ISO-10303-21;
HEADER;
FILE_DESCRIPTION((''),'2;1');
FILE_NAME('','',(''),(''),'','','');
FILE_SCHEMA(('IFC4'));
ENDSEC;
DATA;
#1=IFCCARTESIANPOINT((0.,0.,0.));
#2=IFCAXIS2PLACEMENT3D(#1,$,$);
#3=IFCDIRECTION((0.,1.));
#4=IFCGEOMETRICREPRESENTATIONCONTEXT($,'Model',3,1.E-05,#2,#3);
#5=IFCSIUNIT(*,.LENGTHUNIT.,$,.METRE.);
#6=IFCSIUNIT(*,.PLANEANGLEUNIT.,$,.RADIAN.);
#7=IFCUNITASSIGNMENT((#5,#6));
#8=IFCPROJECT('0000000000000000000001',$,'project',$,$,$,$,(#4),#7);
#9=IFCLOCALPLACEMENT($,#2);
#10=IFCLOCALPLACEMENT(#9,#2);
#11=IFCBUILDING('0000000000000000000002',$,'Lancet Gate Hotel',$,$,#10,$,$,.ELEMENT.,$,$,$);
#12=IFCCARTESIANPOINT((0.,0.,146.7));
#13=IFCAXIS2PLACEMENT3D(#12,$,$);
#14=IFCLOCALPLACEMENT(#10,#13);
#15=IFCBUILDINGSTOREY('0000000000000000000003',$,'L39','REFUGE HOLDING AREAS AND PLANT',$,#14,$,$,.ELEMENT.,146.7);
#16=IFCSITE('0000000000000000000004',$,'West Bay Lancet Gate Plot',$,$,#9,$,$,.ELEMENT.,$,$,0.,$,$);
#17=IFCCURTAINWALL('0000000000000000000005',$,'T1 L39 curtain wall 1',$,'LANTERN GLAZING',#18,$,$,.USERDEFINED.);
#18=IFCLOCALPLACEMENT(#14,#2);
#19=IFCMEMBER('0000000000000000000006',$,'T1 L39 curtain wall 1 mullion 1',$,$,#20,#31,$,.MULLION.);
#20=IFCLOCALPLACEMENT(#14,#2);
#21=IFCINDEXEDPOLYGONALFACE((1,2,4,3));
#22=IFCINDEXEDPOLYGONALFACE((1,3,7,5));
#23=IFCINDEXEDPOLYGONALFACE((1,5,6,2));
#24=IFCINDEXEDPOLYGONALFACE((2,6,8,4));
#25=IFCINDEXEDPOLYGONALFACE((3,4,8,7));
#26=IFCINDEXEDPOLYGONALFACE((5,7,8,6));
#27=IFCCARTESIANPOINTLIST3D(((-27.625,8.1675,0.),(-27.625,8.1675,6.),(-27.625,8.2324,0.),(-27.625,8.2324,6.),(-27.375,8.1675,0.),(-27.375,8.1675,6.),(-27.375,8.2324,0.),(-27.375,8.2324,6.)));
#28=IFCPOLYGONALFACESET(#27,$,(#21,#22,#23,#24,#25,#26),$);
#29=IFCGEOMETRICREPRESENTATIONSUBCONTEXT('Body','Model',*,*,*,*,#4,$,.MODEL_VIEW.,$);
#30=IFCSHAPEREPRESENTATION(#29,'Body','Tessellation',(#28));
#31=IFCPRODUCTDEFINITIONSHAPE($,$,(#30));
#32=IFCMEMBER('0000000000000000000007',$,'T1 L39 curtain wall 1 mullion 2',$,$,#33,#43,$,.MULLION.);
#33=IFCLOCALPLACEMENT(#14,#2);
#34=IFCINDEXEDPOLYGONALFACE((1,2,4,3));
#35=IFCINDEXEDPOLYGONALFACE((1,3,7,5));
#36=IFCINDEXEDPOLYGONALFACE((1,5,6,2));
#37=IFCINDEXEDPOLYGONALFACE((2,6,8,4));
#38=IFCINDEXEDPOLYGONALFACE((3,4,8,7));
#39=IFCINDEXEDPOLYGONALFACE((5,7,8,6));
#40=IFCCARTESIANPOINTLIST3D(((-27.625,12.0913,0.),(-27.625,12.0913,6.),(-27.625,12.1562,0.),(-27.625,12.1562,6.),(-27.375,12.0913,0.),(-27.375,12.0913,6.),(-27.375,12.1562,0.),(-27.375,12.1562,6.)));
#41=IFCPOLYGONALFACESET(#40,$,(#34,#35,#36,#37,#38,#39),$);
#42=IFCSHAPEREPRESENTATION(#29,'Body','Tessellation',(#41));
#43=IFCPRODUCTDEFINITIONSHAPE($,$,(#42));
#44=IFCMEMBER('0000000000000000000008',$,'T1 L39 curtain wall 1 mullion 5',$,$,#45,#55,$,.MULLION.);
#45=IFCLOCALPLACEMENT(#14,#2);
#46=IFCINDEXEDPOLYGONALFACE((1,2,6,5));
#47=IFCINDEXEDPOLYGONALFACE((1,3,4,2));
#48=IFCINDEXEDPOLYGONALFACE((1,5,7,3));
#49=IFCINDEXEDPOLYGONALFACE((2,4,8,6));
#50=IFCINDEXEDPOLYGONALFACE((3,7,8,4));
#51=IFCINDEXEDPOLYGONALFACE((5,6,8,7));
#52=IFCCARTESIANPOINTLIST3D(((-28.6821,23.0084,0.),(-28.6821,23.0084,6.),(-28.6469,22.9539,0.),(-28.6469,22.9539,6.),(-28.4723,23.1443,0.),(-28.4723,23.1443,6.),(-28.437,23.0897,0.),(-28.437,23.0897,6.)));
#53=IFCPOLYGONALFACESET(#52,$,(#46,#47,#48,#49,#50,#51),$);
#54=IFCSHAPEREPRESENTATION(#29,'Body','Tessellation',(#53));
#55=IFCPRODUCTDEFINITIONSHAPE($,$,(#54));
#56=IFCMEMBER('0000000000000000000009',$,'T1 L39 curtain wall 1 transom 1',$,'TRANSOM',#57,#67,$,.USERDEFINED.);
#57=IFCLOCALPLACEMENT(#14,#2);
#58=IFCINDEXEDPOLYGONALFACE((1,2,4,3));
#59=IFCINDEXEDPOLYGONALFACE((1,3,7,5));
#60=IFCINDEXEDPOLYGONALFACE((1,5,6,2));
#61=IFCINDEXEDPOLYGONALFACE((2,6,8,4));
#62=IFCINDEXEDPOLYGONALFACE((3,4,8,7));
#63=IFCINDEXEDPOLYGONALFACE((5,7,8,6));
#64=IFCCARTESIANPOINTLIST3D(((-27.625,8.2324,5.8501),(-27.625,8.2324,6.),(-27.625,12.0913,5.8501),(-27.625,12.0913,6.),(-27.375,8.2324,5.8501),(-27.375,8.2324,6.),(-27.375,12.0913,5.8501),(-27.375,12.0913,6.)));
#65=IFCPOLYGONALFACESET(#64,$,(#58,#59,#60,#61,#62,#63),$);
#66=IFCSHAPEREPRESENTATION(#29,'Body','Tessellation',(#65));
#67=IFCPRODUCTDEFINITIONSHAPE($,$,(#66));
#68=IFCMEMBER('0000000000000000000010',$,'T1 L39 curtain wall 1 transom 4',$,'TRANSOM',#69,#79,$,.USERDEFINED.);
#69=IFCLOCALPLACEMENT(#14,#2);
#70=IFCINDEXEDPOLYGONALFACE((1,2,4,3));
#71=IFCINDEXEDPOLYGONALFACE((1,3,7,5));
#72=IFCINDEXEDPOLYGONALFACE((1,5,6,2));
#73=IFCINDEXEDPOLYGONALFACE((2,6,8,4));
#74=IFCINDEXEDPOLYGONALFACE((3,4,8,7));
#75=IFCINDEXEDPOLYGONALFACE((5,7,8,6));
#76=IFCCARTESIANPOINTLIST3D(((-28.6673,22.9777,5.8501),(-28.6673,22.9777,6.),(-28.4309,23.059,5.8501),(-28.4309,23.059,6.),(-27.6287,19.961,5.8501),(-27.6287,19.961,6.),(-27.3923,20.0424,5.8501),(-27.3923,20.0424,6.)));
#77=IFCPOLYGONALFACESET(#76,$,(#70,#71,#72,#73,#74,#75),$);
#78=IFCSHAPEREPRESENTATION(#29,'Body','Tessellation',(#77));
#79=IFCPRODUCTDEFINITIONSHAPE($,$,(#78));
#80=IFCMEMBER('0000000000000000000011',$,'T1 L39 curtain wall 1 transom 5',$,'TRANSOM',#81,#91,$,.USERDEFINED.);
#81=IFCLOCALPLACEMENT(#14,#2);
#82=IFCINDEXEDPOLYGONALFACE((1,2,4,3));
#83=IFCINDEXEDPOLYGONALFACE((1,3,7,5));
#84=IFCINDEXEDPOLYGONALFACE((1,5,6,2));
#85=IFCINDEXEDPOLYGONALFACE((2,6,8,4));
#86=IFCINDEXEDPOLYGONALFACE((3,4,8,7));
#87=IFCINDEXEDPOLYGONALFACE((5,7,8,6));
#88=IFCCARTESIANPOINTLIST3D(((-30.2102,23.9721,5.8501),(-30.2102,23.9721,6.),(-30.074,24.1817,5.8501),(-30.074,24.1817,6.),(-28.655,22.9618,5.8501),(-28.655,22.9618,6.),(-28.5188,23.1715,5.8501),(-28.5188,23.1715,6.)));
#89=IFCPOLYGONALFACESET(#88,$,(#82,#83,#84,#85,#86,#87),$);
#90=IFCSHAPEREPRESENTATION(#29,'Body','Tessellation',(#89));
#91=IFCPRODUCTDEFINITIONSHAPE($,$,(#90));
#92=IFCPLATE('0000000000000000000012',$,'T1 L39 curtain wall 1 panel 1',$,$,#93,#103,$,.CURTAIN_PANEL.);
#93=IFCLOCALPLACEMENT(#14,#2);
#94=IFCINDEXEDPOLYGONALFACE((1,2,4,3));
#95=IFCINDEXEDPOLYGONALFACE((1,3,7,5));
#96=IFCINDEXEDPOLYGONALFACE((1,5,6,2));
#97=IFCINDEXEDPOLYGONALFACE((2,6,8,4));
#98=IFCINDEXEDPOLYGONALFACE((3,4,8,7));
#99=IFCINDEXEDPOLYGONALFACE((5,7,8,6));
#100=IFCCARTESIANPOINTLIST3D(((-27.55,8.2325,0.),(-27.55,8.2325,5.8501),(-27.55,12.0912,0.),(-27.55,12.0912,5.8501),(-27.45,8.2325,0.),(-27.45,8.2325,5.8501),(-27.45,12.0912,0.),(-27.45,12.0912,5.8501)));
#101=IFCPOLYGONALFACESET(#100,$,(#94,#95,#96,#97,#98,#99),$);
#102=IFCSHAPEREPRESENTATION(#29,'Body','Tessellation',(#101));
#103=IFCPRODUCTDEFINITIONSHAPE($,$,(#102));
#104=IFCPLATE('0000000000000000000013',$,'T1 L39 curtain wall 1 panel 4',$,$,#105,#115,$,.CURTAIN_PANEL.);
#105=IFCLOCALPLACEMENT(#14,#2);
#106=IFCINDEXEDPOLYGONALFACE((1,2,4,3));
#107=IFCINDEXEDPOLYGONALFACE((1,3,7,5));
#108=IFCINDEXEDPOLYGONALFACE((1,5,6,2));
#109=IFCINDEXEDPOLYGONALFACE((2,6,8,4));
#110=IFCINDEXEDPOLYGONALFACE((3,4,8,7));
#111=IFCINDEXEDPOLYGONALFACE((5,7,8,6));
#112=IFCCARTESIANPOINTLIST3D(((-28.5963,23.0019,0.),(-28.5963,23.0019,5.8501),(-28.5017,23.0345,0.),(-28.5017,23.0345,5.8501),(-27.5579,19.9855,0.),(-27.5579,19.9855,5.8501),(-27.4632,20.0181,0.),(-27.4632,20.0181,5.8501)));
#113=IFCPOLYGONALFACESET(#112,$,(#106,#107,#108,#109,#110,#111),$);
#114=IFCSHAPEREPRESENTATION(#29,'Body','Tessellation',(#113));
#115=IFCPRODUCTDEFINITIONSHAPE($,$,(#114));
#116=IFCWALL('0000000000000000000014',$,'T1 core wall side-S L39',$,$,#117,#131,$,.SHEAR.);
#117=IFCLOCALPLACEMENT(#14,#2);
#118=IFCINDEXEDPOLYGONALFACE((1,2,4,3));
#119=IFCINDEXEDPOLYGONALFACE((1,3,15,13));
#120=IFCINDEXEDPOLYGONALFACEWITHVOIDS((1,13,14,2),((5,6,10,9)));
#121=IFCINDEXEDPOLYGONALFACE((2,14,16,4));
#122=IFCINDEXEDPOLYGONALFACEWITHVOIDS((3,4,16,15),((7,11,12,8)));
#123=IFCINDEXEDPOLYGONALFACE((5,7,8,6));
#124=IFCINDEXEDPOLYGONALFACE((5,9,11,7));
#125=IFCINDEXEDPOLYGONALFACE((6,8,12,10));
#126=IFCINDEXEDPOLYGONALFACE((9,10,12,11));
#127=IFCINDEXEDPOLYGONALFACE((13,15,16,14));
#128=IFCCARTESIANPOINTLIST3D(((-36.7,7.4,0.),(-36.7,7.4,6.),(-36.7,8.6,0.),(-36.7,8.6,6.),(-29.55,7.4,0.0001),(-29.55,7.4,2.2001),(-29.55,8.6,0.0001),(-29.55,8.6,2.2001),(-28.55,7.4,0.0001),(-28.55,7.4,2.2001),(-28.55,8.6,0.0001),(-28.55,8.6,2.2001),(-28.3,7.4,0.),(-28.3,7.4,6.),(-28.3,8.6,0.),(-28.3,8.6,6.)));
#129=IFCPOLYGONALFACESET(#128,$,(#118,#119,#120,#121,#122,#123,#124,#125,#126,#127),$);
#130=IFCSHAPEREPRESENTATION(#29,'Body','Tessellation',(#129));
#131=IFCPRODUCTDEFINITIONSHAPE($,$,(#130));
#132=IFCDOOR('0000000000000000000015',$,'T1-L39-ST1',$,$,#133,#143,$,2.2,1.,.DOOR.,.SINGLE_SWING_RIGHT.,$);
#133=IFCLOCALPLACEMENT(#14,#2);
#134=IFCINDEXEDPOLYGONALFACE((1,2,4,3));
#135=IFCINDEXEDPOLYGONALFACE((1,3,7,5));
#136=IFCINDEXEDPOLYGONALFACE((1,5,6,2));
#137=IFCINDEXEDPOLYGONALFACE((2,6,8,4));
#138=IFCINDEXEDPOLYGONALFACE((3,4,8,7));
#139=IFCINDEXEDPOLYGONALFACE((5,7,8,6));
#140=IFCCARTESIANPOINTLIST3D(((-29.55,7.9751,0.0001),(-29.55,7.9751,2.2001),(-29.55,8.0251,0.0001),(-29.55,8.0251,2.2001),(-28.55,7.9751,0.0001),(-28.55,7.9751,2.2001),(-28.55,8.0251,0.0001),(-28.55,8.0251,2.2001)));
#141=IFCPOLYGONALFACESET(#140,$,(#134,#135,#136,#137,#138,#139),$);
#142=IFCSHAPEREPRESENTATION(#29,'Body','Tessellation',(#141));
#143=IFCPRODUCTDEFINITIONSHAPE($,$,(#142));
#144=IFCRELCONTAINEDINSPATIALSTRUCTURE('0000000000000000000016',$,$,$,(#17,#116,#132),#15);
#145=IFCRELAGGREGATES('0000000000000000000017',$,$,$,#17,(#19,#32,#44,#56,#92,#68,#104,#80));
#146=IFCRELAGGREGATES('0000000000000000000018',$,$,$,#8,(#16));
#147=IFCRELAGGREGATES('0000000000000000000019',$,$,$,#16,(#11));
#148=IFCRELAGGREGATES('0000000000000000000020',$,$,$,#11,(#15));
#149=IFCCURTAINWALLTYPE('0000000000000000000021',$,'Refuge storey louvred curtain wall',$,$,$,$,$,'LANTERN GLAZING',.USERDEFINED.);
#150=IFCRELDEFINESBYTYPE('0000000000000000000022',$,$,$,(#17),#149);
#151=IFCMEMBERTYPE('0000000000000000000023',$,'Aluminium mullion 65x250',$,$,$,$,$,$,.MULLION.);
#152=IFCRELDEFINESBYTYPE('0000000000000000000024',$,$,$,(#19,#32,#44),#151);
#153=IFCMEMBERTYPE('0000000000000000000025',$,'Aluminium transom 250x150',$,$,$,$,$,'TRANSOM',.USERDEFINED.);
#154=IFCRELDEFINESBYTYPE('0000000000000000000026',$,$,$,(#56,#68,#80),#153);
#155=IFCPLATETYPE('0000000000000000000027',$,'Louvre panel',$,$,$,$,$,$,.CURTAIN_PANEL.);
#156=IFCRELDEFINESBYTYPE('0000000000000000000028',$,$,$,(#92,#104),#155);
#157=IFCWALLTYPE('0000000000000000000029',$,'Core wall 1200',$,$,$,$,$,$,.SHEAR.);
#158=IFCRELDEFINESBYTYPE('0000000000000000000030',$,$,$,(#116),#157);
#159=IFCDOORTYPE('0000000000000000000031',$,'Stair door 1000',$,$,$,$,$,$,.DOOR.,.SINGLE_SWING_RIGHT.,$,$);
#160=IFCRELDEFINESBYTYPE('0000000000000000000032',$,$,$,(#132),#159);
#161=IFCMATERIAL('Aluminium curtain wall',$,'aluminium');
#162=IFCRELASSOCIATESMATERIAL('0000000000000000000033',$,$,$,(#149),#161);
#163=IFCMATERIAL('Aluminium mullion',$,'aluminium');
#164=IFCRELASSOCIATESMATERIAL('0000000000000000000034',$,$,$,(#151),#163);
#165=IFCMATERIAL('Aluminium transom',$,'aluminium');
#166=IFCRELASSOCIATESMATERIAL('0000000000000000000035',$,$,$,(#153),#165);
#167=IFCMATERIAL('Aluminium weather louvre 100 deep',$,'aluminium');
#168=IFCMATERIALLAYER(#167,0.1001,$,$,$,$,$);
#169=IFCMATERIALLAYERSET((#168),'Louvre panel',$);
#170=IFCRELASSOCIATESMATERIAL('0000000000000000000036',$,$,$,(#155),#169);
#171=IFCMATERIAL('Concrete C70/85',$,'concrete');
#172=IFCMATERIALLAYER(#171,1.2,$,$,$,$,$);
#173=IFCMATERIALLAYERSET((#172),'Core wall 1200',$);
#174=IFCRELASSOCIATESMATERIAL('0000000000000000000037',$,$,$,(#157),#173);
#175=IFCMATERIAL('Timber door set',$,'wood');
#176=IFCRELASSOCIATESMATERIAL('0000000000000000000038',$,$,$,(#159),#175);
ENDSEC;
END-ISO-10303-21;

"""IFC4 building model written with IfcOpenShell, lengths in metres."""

from ifc_helpers import new_model, si_unit, direction, frame, frame_2d, origin, origin_2d, place, context, subcontext, project, spatial, rectangle, extrude, material, layer, layer_set, material_profile, profile_set, type_object, element, fill, aggregate, save


model = new_model("IFC4")

# Units and contexts
model_context = context("Model", 3, precision=1e-05, world=origin(), true_north=direction((0.0, 1.0)))
body_context = subcontext(model_context, "Body", "Model", "MODEL_VIEW")
ifc_project = project(units=[si_unit("LENGTHUNIT", "METRE"), si_unit("PLANEANGLEUNIT", "RADIAN")], contexts=[model_context])

# Site, building, storey
site_placement = place(None, origin())
site = spatial("IfcSite", under=ifc_project, at=site_placement, Name="West Bay Lancet Gate Plot", CompositionType="ELEMENT", RefElevation=0.0)
building_placement = place(site_placement, origin())
building = spatial("IfcBuilding", under=site, at=building_placement, Name="Lancet Gate Hotel", CompositionType="ELEMENT")
storey_placement = place(building_placement, frame((0.0, 0.0, 146.7)))
storey = spatial("IfcBuildingStorey", under=building, at=storey_placement, Name="L39", Description="REFUGE HOLDING AREAS AND PLANT", CompositionType="ELEMENT", Elevation=146.7)

# Curtain wall, members, plates
ifc_material_1 = material(Name="Aluminium curtain wall", Category="aluminium")
curtain_wall_type = type_object("IfcCurtainWallType", Name="Refuge storey louvred curtain wall", ElementType="LANTERN GLAZING", PredefinedType="USERDEFINED", material=ifc_material_1)
curtain_wall_placement = place(storey_placement, origin())
curtain_wall = element("IfcCurtainWall", 1, at=curtain_wall_placement, inside=storey, type_object=curtain_wall_type, Name="T1 L39 curtain wall 1", ObjectType="LANTERN GLAZING", PredefinedType="USERDEFINED")
ifc_material_2 = material(Name="Aluminium mullion", Category="aluminium")
ifc_material_profile_1 = material_profile(ifc_material_2, rectangle(XDim=0.0649, YDim=0.25, at=origin_2d()), Name="MULLION 65x250")
ifc_profile_set_1 = profile_set([ifc_material_profile_1], Name="Aluminium mullion")
member_type_1 = type_object("IfcMemberType", Name="Aluminium mullion 65x250", PredefinedType="MULLION", material=ifc_profile_set_1)
member_1_placement = place(storey_placement, frame((-27.5, 8.2, 0.0), z_axis=(0.0, 0.0, 1.0), x_axis=(0.0, 1.0, 0.0)))
member_1 = element("IfcMember", 2, at=member_1_placement, type_object=member_type_1, Name="T1 L39 curtain wall 1 mullion 1", PredefinedType="MULLION", context=body_context, shape_type="SweptSolid", body=[
    extrude(rectangle(XDim=0.0649, YDim=0.25, at=origin_2d()), origin(), (0.0, 0.0, 1.0), 6.0),
])
member_2_placement = place(storey_placement, frame((-27.5, 12.1238, 0.0), z_axis=(0.0, 0.0, 1.0), x_axis=(0.0, 1.0, 0.0)))
member_2 = element("IfcMember", 3, at=member_2_placement, type_object=member_type_1, Name="T1 L39 curtain wall 1 mullion 2", PredefinedType="MULLION", context=body_context, shape_type="SweptSolid", body=[
    extrude(rectangle(XDim=0.0649, YDim=0.25, at=origin_2d()), origin(), (0.0, 0.0, 1.0), 6.0),
])
member_3_placement = place(storey_placement, frame((-28.5596, 23.0491, 0.0), z_axis=(0.0, 0.0, 1.0), x_axis=(-0.54341, 0.839467, 0.0)))
member_3 = element("IfcMember", 4, at=member_3_placement, type_object=member_type_1, Name="T1 L39 curtain wall 1 mullion 5", PredefinedType="MULLION", context=body_context, shape_type="SweptSolid", body=[
    extrude(rectangle(XDim=0.0649, YDim=0.25, at=origin_2d()), origin(), (0.0, 0.0, 1.0), 6.0),
])
ifc_material_3 = material(Name="Aluminium transom", Category="aluminium")
ifc_material_profile_2 = material_profile(ifc_material_3, rectangle(XDim=0.25, YDim=0.1499, at=origin_2d()), Name="TRANSOM 250x150")
ifc_profile_set_2 = profile_set([ifc_material_profile_2], Name="Aluminium transom")
member_type_2 = type_object("IfcMemberType", Name="Aluminium transom 250x150", ElementType="TRANSOM", PredefinedType="USERDEFINED", material=ifc_profile_set_2)
member_4_placement = place(storey_placement, frame((-27.5, 8.2324, 5.925), z_axis=(0.0, 1.0, 0.0), x_axis=(-1.0, 0.0, 0.0)))
member_4 = element("IfcMember", 5, at=member_4_placement, type_object=member_type_2, Name="T1 L39 curtain wall 1 transom 1", ObjectType="TRANSOM", PredefinedType="USERDEFINED", context=body_context, shape_type="SweptSolid", body=[
    extrude(rectangle(XDim=0.25, YDim=0.1499, at=origin_2d()), origin(), (0.0, 0.0, 1.0), 3.8589),
])
member_5_placement = place(storey_placement, frame((-27.5105, 20.0017, 5.925), z_axis=(-0.325533, 0.945531, 0.0), x_axis=(-0.945531, -0.325533, 0.0)))
member_5 = element("IfcMember", 6, at=member_5_placement, type_object=member_type_2, Name="T1 L39 curtain wall 1 transom 4", ObjectType="TRANSOM", PredefinedType="USERDEFINED", context=body_context, shape_type="SweptSolid", body=[
    extrude(rectangle(XDim=0.25, YDim=0.1499, at=origin_2d()), origin(), (0.0, 0.0, 1.0), 3.1904),
])
member_6_placement = place(storey_placement, frame((-28.5869, 23.0667, 5.925), z_axis=(-0.838594, 0.544757, 0.0), x_axis=(-0.544757, -0.838594, 0.0)))
member_6 = element("IfcMember", 7, at=member_6_placement, type_object=member_type_2, Name="T1 L39 curtain wall 1 transom 5", ObjectType="TRANSOM", PredefinedType="USERDEFINED", context=body_context, shape_type="SweptSolid", body=[
    extrude(rectangle(XDim=0.25, YDim=0.1499, at=origin_2d()), origin(), (0.0, 0.0, 1.0), 1.8545),
])
ifc_material_4 = material(Name="Aluminium weather louvre 100 deep", Category="aluminium")
ifc_layer_1 = layer(ifc_material_4, 0.1001)
ifc_layer_set_1 = layer_set([ifc_layer_1], Name="Louvre panel")
plate_type = type_object("IfcPlateType", Name="Louvre panel", PredefinedType="CURTAIN_PANEL", material=ifc_layer_set_1)
plate_1_placement = place(storey_placement, frame((-27.5, 10.1619, 0.0), z_axis=(0.0, 0.0, 1.0), x_axis=(0.0, 1.0, 0.0)))
plate_1 = element("IfcPlate", 8, at=plate_1_placement, type_object=plate_type, Name="T1 L39 curtain wall 1 panel 1", PredefinedType="CURTAIN_PANEL", context=body_context, shape_type="SweptSolid", body=[
    extrude(rectangle(XDim=3.8586, YDim=0.1001, at=origin_2d()), origin(), (0.0, 0.0, 1.0), 5.8501),
])
plate_2_placement = place(storey_placement, frame((-28.0298, 21.51, 0.0), z_axis=(0.0, 0.0, 1.0), x_axis=(-0.325516, 0.945537, 0.0)))
plate_2 = element("IfcPlate", 9, at=plate_2_placement, type_object=plate_type, Name="T1 L39 curtain wall 1 panel 4", PredefinedType="CURTAIN_PANEL", context=body_context, shape_type="SweptSolid", body=[
    extrude(rectangle(XDim=3.1902, YDim=0.1001, at=origin_2d()), origin(), (0.0, 0.0, 1.0), 5.8501),
])
aggregate(curtain_wall, [member_1, member_2, member_3, member_4, plate_1, member_5, plate_2, member_6])

# Wall, opening, door
ifc_material_5 = material(Name="Concrete C70/85", Category="concrete")
ifc_layer_2 = layer(ifc_material_5, 1.2)
ifc_layer_set_2 = layer_set([ifc_layer_2], Name="Core wall 1200")
wall_type_1 = type_object("IfcWallType", Name="Core wall 1200", PredefinedType="SHEAR", material=ifc_layer_set_2)
wall_1_placement = place(storey_placement, frame((-28.3, 8.0, 0.0), z_axis=(0.0, 0.0, 1.0), x_axis=(-1.0, 0.0, 0.0)))
wall_1 = element("IfcWall", 10, at=wall_1_placement, inside=storey, type_object=wall_type_1, Name="T1 core wall side-S L39", PredefinedType="SHEAR", context=body_context, shape_type="SweptSolid", body=[
    extrude(rectangle(XDim=8.3999, YDim=1.2, at=frame_2d((4.2, 0.0))), origin(), (0.0, 0.0, 1.0), 6.0),
])
opening_1_placement = place(wall_1_placement, frame((0.25, 0.0, 0.0)))
opening_1 = element("IfcOpeningElement", 11, at=opening_1_placement, cuts=wall_1, PredefinedType="OPENING", context=body_context, shape_type="SweptSolid", body=[
    extrude(rectangle(XDim=1.0, YDim=2.2, at=frame_2d((0.5, 1.1001))), frame((0.0, 0.6099, 0.0), z_axis=(0.0, -1.0, 0.0), x_axis=(1.0, 0.0, 0.0)), (0.0, 0.0, 1.0), 1.22),
])
ifc_material_6 = material(Name="Timber door set", Category="wood")
door_type_1 = type_object("IfcDoorType", Name="Stair door 1000", OperationType="SINGLE_SWING_RIGHT", PredefinedType="DOOR", material=ifc_material_6)
door_1_placement = place(opening_1_placement, origin())
door_1 = element("IfcDoor", 12, at=door_1_placement, inside=storey, type_object=door_type_1, Name="T1-L39-ST1", OperationType="SINGLE_SWING_RIGHT", OverallHeight=2.2, OverallWidth=1.0, PredefinedType="DOOR", context=body_context, shape_type="SweptSolid", body=[
    extrude(rectangle(XDim=1.0, YDim=2.2, at=frame_2d((0.5, 1.1001))), frame((0.0, 0.0249, 0.0), z_axis=(0.0, -1.0, 0.0), x_axis=(1.0, 0.0, 0.0)), (0.0, 0.0, 1.0), 0.05),
])
fill(opening_1, door_1)

save(model, "model.ifc")
